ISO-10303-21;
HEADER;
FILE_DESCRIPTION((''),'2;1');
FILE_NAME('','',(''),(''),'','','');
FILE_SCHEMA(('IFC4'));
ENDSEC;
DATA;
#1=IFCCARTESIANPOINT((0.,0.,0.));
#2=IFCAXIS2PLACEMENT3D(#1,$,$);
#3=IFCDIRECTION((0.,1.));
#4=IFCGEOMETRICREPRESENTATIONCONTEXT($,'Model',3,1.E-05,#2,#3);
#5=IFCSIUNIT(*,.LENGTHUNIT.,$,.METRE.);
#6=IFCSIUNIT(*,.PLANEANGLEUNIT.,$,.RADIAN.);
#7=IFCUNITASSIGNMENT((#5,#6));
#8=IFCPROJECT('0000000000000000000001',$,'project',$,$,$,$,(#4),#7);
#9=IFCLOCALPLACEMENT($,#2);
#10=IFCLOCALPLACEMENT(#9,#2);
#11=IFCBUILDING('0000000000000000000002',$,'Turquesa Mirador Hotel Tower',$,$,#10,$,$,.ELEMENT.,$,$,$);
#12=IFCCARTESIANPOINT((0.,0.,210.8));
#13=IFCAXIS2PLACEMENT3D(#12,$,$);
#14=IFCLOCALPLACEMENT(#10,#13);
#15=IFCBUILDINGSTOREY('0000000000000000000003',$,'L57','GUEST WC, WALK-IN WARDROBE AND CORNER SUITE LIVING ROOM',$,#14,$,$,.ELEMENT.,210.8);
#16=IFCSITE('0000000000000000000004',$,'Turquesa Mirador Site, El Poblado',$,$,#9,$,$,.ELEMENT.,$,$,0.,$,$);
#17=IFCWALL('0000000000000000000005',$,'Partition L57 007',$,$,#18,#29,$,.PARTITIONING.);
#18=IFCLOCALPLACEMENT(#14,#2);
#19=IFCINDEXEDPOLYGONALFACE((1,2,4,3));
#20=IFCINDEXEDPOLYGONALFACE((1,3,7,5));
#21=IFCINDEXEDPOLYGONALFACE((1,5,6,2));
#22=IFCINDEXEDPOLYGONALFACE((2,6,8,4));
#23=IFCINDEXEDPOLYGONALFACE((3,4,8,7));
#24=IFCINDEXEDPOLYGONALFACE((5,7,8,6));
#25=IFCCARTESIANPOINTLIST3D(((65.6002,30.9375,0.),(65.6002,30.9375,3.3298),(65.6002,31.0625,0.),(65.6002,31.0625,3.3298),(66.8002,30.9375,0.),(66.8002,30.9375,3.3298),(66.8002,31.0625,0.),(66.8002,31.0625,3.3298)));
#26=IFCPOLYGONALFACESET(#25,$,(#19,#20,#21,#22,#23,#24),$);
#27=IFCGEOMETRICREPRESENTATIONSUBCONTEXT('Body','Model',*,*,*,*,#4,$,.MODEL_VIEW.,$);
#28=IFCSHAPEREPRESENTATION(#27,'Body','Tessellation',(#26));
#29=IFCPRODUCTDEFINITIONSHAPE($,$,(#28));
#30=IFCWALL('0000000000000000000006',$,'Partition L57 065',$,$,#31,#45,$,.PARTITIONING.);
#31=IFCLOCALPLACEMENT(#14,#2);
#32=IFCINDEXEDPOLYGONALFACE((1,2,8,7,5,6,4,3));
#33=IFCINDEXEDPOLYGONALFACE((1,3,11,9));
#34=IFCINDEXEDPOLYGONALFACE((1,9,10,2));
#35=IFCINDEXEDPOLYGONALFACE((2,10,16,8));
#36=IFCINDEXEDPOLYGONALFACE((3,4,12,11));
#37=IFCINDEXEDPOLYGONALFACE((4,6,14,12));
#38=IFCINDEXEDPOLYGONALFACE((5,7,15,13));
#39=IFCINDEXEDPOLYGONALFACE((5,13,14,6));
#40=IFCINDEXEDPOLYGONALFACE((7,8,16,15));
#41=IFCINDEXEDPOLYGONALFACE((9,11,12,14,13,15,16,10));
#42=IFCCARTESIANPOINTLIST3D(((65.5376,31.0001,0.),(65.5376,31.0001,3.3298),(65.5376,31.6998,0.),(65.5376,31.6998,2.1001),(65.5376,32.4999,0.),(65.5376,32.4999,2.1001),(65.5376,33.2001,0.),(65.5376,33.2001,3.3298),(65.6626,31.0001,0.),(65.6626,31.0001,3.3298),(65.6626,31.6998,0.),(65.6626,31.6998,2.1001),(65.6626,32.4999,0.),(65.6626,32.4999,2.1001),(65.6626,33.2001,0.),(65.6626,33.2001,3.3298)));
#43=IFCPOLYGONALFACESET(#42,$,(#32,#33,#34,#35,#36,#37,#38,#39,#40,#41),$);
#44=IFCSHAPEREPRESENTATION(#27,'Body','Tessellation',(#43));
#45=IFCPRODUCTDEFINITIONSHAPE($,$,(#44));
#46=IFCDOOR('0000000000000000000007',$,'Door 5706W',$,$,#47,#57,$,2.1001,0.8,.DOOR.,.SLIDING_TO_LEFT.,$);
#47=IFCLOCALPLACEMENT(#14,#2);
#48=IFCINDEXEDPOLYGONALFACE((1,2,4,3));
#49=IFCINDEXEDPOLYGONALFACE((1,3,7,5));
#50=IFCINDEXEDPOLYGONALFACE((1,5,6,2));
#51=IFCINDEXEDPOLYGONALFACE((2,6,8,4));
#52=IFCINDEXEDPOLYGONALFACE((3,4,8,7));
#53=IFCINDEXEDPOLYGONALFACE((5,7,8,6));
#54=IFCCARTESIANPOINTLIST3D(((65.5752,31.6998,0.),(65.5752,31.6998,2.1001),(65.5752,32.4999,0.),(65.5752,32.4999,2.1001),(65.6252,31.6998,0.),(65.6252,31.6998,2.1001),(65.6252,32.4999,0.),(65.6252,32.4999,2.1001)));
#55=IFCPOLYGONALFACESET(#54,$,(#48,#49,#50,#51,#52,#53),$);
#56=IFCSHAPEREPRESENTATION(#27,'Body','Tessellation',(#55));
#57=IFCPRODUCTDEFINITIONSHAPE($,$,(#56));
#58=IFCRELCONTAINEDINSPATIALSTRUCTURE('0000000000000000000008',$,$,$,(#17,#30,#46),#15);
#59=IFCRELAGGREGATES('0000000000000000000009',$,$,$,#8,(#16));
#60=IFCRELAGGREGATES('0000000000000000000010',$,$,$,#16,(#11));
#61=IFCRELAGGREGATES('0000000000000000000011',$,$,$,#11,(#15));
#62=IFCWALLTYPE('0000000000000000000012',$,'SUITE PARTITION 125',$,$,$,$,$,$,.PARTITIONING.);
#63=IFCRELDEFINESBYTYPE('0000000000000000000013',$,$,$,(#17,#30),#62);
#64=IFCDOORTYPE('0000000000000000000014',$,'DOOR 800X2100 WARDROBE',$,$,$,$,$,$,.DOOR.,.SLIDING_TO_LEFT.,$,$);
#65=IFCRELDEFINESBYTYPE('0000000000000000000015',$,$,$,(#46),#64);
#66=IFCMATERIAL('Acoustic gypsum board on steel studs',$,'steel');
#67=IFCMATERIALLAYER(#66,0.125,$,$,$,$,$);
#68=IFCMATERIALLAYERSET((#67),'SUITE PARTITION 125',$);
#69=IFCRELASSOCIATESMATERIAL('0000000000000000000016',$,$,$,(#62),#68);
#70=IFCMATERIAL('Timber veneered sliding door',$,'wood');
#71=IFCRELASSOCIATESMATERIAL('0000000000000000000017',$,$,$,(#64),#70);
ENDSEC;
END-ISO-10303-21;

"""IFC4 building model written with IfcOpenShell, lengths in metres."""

from ifc_helpers import new_model, si_unit, direction, frame, frame_2d, origin, place, context, subcontext, project, spatial, rectangle, extrude, material, layer, layer_set, type_object, element, fill, save


model = new_model("IFC4")

# Units and contexts
model_context = context("Model", 3, precision=1e-05, world=origin(), true_north=direction((0.0, 1.0)))
body_context = subcontext(model_context, "Body", "Model", "MODEL_VIEW")
ifc_project = project(units=[si_unit("LENGTHUNIT", "METRE"), si_unit("PLANEANGLEUNIT", "RADIAN")], contexts=[model_context])

# Site, building, storey
site_placement = place(None, origin())
site = spatial("IfcSite", under=ifc_project, at=site_placement, Name="Turquesa Mirador Site, El Poblado", CompositionType="ELEMENT", RefElevation=0.0)
building_placement = place(site_placement, origin())
building = spatial("IfcBuilding", under=site, at=building_placement, Name="Turquesa Mirador Hotel Tower", CompositionType="ELEMENT")
storey_placement = place(building_placement, frame((0.0, 0.0, 210.8)))
storey = spatial("IfcBuildingStorey", under=building, at=storey_placement, Name="L57", Description="GUEST WC, WALK-IN WARDROBE AND CORNER SUITE LIVING ROOM", CompositionType="ELEMENT", Elevation=210.8)

# Wall
ifc_material_1 = material(Name="Acoustic gypsum board on steel studs", Category="steel")
ifc_layer_1 = layer(ifc_material_1, 0.125)
ifc_layer_set_1 = layer_set([ifc_layer_1], Name="SUITE PARTITION 125")
wall_type_1 = type_object("IfcWallType", Name="SUITE PARTITION 125", PredefinedType="PARTITIONING", material=ifc_layer_set_1)
wall_1_placement = place(storey_placement, frame((65.6001, 31.0, 0.0), z_axis=(0.0, 0.0, 1.0), x_axis=(1.0, 0.0, 0.0)))
element("IfcWall", 1, at=wall_1_placement, inside=storey, type_object=wall_type_1, Name="Partition L57 007", PredefinedType="PARTITIONING", context=body_context, shape_type="SweptSolid", body=[
    extrude(rectangle(XDim=1.2, YDim=0.125, at=frame_2d((0.6001, 0.0))), origin(), (0.0, 0.0, 1.0), 3.3298),
])

# Wall, opening, door
wall_2_placement = place(storey_placement, frame((65.6001, 31.0, 0.0), z_axis=(0.0, 0.0, 1.0), x_axis=(0.0, 1.0, 0.0)))
wall_2 = element("IfcWall", 2, at=wall_2_placement, inside=storey, type_object=wall_type_1, Name="Partition L57 065", PredefinedType="PARTITIONING", context=body_context, shape_type="SweptSolid", body=[
    extrude(rectangle(XDim=2.2, YDim=0.125, at=frame_2d((1.1001, 0.0))), origin(), (0.0, 0.0, 1.0), 3.3298),
])
opening_1_placement = place(wall_2_placement, frame((0.7, 0.0, 0.0)))
opening_1 = element("IfcOpeningElement", 3, at=opening_1_placement, cuts=wall_2, PredefinedType="OPENING", context=body_context, shape_type="SweptSolid", body=[
    extrude(rectangle(XDim=0.8, YDim=2.1001, at=frame_2d((0.3999, 1.05))), frame((0.0, 0.0725, 0.0), z_axis=(0.0, -1.0, 0.0), x_axis=(1.0, 0.0, 0.0)), (0.0, 0.0, 1.0), 0.145),
])
ifc_material_2 = material(Name="Timber veneered sliding door", Category="wood")
door_type_1 = type_object("IfcDoorType", Name="DOOR 800X2100 WARDROBE", OperationType="SLIDING_TO_LEFT", PredefinedType="DOOR", material=ifc_material_2)
door_1_placement = place(opening_1_placement, origin())
door_1 = element("IfcDoor", 4, at=door_1_placement, inside=storey, type_object=door_type_1, Name="Door 5706W", OperationType="SLIDING_TO_LEFT", OverallHeight=2.1001, OverallWidth=0.8, PredefinedType="DOOR", context=body_context, shape_type="SweptSolid", body=[
    extrude(rectangle(XDim=0.8, YDim=2.1001, at=frame_2d((0.3999, 1.05))), frame((0.0, 0.0249, 0.0), z_axis=(0.0, -1.0, 0.0), x_axis=(1.0, 0.0, 0.0)), (0.0, 0.0, 1.0), 0.05),
])
fill(opening_1, door_1)

save(model, "model.ifc")
